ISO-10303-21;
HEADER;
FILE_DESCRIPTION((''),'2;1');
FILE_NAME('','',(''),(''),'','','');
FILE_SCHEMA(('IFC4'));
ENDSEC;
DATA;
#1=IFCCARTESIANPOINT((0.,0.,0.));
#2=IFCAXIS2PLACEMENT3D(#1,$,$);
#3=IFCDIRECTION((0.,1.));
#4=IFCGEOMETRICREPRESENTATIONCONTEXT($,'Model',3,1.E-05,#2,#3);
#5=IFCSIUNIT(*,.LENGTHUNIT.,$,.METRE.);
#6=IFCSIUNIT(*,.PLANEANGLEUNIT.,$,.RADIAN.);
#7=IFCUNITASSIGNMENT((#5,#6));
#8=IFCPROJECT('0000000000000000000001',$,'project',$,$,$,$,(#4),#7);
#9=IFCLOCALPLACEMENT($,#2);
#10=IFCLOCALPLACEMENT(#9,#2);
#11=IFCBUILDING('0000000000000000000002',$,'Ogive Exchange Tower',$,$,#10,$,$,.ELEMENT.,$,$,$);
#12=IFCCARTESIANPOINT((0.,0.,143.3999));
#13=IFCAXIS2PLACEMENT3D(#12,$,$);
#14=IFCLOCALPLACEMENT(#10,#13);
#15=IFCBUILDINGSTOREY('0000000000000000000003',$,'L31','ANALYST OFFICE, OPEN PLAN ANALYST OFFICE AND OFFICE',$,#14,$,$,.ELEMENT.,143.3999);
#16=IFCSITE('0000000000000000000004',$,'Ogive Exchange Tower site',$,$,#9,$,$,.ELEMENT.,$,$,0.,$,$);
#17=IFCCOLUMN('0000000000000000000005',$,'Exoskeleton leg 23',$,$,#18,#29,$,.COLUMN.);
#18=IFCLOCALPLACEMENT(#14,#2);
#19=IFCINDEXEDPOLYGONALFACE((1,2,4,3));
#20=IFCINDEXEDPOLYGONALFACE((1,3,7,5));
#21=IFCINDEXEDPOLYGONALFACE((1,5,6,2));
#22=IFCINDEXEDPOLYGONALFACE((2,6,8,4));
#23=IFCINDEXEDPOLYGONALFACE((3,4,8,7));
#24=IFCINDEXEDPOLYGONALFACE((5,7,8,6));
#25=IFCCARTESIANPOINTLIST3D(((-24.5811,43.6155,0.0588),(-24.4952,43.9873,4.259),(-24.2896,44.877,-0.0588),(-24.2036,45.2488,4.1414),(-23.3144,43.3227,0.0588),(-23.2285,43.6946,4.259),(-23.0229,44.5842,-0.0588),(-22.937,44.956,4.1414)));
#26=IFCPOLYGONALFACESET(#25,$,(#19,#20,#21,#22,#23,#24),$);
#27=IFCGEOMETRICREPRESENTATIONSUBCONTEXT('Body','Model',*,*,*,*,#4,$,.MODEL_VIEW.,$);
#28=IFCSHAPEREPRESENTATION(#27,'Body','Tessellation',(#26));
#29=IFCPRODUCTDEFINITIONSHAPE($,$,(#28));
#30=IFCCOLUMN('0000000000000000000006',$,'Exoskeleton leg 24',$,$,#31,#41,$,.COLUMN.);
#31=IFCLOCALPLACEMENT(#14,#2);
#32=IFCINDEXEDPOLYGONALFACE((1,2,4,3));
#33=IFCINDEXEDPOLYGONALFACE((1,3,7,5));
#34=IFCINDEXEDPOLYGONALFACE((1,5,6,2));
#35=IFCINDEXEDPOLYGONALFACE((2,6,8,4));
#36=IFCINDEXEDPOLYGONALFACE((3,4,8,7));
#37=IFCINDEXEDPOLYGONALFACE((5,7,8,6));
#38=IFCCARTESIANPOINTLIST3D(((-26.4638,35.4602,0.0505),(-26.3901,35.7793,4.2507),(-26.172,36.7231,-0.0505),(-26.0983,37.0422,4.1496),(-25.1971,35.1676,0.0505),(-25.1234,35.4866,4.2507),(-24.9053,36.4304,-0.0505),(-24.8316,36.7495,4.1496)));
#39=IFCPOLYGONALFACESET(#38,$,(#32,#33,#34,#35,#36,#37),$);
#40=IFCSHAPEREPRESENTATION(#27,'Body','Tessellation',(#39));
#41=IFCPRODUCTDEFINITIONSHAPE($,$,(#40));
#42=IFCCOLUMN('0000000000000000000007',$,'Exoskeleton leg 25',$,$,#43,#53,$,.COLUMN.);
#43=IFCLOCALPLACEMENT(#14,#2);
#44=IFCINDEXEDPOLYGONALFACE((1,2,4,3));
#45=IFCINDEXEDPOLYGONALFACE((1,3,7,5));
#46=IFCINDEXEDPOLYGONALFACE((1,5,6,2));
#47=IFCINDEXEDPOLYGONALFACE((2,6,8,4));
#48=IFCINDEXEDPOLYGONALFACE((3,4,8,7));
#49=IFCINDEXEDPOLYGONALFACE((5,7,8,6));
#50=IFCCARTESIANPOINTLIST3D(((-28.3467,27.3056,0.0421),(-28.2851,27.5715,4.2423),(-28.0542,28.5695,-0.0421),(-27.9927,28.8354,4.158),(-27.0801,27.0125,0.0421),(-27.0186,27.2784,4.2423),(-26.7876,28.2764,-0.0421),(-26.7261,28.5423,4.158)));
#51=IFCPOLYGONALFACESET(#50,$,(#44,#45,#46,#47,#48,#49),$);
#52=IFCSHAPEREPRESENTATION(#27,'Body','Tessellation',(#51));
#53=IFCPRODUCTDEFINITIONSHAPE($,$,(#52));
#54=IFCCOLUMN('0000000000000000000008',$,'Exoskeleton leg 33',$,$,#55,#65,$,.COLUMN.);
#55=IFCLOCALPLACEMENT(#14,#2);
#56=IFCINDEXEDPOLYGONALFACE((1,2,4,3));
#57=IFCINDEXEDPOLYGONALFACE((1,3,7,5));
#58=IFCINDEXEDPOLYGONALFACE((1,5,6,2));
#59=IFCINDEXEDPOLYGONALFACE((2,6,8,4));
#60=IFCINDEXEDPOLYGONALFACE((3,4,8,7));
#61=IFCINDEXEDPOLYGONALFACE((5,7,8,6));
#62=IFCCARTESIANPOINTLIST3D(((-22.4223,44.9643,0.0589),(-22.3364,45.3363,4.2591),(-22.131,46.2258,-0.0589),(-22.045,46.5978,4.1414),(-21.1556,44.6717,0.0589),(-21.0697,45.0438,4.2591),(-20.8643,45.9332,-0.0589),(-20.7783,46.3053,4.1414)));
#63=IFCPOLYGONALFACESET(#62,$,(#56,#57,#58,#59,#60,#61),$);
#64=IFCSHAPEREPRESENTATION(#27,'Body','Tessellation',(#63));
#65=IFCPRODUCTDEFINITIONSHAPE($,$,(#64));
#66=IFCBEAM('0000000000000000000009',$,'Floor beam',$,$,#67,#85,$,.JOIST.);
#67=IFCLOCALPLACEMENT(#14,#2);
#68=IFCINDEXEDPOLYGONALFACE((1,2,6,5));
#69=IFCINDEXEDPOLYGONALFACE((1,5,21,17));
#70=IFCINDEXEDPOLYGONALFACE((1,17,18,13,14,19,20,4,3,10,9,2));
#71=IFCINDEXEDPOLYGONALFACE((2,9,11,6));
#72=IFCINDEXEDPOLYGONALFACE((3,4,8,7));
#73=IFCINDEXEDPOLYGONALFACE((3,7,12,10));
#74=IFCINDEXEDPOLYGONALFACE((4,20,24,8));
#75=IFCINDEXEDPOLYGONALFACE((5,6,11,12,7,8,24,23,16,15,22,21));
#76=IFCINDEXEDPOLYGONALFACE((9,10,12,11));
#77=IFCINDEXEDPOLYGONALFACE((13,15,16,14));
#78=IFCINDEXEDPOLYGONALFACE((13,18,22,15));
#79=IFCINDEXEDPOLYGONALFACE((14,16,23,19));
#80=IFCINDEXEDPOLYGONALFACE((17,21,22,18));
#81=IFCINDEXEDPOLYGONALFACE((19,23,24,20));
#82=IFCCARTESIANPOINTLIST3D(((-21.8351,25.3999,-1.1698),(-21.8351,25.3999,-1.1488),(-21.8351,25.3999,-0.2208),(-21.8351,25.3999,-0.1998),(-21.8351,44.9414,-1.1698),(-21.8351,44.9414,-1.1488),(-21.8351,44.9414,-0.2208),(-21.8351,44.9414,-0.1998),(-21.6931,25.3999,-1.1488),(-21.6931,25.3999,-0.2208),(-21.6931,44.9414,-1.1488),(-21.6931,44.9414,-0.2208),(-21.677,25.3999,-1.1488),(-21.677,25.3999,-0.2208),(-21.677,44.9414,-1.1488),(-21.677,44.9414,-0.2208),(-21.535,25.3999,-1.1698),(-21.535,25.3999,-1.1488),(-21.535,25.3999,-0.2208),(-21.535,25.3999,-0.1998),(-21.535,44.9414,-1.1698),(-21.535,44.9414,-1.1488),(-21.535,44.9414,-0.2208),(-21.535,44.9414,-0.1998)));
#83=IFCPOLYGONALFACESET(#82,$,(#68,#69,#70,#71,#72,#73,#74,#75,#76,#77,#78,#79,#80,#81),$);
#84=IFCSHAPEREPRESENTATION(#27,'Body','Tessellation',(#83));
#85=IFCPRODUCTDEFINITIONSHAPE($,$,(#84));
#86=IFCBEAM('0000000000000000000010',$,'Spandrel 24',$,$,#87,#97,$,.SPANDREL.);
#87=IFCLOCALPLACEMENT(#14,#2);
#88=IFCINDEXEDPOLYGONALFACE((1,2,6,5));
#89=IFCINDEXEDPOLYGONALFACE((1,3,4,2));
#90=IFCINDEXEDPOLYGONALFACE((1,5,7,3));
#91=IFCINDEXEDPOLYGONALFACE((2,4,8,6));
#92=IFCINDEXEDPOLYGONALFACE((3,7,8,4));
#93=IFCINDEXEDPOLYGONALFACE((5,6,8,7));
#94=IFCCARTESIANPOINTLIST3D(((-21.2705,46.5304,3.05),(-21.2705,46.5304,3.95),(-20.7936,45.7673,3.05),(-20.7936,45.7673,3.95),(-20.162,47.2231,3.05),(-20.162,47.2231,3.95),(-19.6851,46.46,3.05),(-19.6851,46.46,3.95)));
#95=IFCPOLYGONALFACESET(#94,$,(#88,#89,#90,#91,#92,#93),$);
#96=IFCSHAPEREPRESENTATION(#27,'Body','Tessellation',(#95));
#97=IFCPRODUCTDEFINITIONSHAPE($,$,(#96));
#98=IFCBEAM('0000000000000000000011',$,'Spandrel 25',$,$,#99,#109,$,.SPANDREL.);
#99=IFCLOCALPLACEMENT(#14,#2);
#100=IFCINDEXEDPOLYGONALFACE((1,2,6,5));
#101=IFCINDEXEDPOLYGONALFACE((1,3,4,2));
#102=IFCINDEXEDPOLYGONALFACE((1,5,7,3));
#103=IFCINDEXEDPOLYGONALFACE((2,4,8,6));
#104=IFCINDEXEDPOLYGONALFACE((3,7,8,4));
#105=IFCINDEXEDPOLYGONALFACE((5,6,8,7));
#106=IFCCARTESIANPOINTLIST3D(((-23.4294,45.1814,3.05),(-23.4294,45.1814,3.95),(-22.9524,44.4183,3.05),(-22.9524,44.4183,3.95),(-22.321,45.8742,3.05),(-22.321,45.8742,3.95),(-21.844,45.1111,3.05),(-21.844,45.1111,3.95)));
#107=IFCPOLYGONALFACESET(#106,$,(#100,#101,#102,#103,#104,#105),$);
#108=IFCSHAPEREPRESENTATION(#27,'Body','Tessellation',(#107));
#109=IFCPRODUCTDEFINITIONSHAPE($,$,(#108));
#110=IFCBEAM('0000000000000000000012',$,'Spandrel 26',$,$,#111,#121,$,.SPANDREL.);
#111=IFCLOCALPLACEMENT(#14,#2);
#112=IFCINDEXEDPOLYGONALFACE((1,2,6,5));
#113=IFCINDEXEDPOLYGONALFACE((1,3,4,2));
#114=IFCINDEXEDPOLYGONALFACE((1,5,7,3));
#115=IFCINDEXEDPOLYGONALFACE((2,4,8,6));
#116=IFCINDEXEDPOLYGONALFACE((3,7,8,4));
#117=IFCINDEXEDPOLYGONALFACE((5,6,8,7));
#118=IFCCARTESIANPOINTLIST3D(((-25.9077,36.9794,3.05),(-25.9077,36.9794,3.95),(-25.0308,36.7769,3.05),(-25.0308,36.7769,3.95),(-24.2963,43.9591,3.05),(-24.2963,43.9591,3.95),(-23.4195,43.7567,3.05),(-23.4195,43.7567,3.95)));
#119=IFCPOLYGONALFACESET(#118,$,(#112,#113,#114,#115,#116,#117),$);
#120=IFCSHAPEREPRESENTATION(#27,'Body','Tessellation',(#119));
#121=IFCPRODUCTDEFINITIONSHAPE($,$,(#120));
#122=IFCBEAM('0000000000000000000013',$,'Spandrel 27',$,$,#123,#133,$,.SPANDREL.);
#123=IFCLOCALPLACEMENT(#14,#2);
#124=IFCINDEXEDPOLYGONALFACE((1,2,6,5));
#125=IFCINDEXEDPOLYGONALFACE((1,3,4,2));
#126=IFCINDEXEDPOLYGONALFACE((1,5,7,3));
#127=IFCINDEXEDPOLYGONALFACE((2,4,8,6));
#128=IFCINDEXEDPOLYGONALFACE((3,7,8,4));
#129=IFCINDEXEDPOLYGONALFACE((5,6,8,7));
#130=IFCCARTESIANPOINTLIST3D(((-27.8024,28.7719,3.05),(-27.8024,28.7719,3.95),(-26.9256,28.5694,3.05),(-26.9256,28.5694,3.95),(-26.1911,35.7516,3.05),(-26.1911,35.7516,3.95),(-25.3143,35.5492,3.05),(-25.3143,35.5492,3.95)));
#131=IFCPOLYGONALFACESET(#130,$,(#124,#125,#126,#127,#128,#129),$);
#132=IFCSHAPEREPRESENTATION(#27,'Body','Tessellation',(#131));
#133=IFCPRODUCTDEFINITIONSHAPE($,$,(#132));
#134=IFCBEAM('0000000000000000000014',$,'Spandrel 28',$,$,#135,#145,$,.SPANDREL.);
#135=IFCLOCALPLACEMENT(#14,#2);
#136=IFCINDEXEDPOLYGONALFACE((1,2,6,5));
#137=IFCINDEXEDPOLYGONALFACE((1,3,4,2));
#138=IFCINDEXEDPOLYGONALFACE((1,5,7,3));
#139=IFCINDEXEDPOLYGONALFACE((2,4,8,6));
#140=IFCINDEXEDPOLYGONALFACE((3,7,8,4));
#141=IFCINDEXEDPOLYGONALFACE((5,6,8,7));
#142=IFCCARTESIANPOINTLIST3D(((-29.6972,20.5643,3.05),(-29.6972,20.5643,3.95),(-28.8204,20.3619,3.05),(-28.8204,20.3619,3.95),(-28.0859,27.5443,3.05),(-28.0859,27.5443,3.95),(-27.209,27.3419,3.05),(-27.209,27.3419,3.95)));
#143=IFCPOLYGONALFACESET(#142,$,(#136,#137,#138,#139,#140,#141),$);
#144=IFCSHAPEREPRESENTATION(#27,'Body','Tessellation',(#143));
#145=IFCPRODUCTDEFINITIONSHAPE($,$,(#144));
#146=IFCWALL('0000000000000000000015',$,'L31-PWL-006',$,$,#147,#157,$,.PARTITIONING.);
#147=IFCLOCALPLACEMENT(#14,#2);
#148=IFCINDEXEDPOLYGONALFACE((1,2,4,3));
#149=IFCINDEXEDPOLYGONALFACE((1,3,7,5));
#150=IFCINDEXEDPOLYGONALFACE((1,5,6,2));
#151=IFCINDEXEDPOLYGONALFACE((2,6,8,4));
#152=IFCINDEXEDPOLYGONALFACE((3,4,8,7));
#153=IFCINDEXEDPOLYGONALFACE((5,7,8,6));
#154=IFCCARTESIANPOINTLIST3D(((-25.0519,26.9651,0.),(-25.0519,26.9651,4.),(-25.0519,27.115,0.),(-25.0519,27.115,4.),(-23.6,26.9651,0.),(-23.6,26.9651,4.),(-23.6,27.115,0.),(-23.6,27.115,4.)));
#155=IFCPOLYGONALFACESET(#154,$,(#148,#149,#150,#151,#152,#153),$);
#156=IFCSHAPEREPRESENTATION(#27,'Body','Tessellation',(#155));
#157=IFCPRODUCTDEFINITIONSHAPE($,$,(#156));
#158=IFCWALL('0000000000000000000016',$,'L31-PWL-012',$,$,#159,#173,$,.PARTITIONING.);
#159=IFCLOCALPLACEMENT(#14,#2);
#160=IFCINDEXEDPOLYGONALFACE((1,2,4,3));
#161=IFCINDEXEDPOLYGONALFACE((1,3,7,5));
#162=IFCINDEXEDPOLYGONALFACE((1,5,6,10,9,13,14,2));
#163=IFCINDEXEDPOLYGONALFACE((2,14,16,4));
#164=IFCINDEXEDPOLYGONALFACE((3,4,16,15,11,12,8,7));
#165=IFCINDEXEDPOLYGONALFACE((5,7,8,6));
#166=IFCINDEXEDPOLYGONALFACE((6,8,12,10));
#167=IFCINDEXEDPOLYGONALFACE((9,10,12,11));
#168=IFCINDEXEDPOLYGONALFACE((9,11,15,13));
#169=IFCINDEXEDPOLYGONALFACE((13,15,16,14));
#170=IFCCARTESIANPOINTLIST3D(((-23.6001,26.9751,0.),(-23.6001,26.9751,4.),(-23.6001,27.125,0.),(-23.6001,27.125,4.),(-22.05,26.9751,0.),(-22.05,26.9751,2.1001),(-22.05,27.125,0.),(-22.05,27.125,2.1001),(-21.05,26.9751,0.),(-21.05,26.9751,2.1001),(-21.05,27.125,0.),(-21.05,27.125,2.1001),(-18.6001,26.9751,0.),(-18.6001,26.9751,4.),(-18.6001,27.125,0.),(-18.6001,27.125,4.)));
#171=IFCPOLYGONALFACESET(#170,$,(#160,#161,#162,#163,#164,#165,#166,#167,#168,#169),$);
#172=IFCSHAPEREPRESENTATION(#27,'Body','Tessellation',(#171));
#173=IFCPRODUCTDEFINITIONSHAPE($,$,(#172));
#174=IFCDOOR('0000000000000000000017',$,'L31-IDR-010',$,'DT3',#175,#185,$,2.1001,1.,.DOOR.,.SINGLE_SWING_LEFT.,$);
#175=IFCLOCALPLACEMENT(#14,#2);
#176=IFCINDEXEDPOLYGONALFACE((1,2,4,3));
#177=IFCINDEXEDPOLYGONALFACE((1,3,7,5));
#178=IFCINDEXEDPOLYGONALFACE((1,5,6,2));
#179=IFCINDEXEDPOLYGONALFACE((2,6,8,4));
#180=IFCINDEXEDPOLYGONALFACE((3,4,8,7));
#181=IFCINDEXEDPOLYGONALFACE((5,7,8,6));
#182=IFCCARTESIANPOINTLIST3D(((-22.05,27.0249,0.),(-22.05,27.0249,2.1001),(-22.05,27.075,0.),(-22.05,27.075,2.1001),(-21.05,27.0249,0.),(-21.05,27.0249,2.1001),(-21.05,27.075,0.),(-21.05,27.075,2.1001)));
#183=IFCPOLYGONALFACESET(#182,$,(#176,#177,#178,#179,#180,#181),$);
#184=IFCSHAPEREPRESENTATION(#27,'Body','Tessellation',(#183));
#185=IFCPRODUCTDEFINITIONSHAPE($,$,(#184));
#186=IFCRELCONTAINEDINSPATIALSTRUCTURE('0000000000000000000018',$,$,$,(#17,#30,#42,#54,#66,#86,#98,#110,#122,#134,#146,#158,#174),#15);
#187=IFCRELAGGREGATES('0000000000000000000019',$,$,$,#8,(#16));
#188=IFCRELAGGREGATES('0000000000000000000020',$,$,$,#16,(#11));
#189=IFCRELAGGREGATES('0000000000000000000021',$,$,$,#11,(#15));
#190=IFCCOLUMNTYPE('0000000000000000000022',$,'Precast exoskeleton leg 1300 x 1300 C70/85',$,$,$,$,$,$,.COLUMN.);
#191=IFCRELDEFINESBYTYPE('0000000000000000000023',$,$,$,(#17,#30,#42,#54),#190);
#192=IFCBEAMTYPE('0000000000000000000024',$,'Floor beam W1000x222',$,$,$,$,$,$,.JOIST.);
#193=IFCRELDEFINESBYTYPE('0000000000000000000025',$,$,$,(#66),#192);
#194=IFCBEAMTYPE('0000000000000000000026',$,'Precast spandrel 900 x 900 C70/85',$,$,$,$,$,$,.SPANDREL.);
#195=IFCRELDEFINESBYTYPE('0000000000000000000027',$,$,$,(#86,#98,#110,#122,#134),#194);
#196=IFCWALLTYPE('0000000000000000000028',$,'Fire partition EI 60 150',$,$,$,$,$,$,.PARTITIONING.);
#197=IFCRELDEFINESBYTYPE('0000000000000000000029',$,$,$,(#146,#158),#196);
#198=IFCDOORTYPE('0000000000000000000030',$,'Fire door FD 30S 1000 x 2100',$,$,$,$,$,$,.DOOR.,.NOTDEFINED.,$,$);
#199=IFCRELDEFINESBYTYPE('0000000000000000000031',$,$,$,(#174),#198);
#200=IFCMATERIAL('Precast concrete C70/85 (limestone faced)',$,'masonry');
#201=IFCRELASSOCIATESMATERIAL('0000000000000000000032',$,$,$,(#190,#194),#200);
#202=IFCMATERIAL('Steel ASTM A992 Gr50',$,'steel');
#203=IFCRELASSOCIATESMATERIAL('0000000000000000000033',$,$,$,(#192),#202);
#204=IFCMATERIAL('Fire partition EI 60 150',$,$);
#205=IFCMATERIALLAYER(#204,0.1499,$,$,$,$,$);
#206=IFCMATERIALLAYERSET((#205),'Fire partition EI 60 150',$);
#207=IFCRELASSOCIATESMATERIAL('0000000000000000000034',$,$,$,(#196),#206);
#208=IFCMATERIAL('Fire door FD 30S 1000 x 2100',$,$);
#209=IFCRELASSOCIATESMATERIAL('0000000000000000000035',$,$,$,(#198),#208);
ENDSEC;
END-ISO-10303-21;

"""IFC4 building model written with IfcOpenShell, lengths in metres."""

from ifc_helpers import new_model, si_unit, direction, frame, frame_2d, origin, origin_2d, place, context, subcontext, project, spatial, rectangle, i_section, extrude, material, layer, layer_set, material_profile, profile_set, type_object, element, fill, save


model = new_model("IFC4")

# Units and contexts
model_context = context("Model", 3, precision=1e-05, world=origin(), true_north=direction((0.0, 1.0)))
body_context = subcontext(model_context, "Body", "Model", "MODEL_VIEW")
ifc_project = project(units=[si_unit("LENGTHUNIT", "METRE"), si_unit("PLANEANGLEUNIT", "RADIAN")], contexts=[model_context])

# Site, building, storey
site_placement = place(None, origin())
site = spatial("IfcSite", under=ifc_project, at=site_placement, Name="Ogive Exchange Tower site", CompositionType="ELEMENT", RefElevation=0.0)
building_placement = place(site_placement, origin())
building = spatial("IfcBuilding", under=site, at=building_placement, Name="Ogive Exchange Tower", CompositionType="ELEMENT")
storey_placement = place(building_placement, frame((0.0, 0.0, 143.3999)))
storey = spatial("IfcBuildingStorey", under=building, at=storey_placement, Name="L31", Description="ANALYST OFFICE, OPEN PLAN ANALYST OFFICE AND OFFICE", CompositionType="ELEMENT", Elevation=143.3999)

# Columns
ifc_material_1 = material(Name="Precast concrete C70/85 (limestone faced)", Category="masonry")
ifc_material_profile_1 = material_profile(ifc_material_1, rectangle(XDim=1.3, YDim=1.3, at=origin_2d()), Name="1300 x 1300")
ifc_profile_set_1 = profile_set([ifc_material_profile_1], Name="Precast concrete C70/85 (limestone faced)")
column_type = type_object("IfcColumnType", Name="Precast exoskeleton leg 1300 x 1300 C70/85", PredefinedType="COLUMN", material=ifc_profile_set_1)
column_1_placement = place(storey_placement, frame((-23.802, 44.0999, 0.0), z_axis=(0.020376, 0.088163, 0.995898), x_axis=(-0.974316, 0.225187, 0.0)))
element("IfcColumn", 1, at=column_1_placement, inside=storey, type_object=column_type, Name="Exoskeleton leg 23", PredefinedType="COLUMN", context=body_context, shape_type="SweptSolid", body=[
    extrude(rectangle(XDim=1.3, YDim=1.3, at=origin_2d()), origin(), (0.0, 0.0, 1.0), 4.2175),
])
column_2_placement = place(storey_placement, frame((-25.6846, 35.9453, 0.0), z_axis=(0.017501, 0.075741, 0.996974), x_axis=(-0.974328, 0.225132, 0.0)))
element("IfcColumn", 2, at=column_2_placement, inside=storey, type_object=column_type, Name="Exoskeleton leg 24", PredefinedType="COLUMN", context=body_context, shape_type="SweptSolid", body=[
    extrude(rectangle(XDim=1.3, YDim=1.3, at=origin_2d()), origin(), (0.0, 0.0, 1.0), 4.2129),
])
column_3_placement = place(storey_placement, frame((-27.5671, 27.791, 0.0), z_axis=(0.014617, 0.063166, 0.997896), x_axis=(-0.974255, 0.225448, 0.0)))
element("IfcColumn", 3, at=column_3_placement, inside=storey, type_object=column_type, Name="Exoskeleton leg 25", PredefinedType="COLUMN", context=body_context, shape_type="SweptSolid", body=[
    extrude(rectangle(XDim=1.3, YDim=1.3, at=origin_2d()), origin(), (0.0, 0.0, 1.0), 4.209),
])
column_4_placement = place(storey_placement, frame((-21.6433, 45.4487, 0.0), z_axis=(0.020376, 0.08822, 0.995893), x_axis=(-0.974348, 0.225046, 0.0)))
element("IfcColumn", 4, at=column_4_placement, inside=storey, type_object=column_type, Name="Exoskeleton leg 33", PredefinedType="COLUMN", context=body_context, shape_type="SweptSolid", body=[
    extrude(rectangle(XDim=1.3, YDim=1.3, at=origin_2d()), origin(), (0.0, 0.0, 1.0), 4.2175),
])

# Beams
ifc_material_2 = material(Name="Steel ASTM A992 Gr50", Category="steel")
ifc_material_profile_2 = material_profile(ifc_material_2, i_section(OverallWidth=0.3, OverallDepth=0.97, WebThickness=0.0161, FlangeThickness=0.021, at=origin_2d()), Name="W1000x222")
ifc_profile_set_2 = profile_set([ifc_material_profile_2], Name="Steel ASTM A992 Gr50")
beam_type_1 = type_object("IfcBeamType", Name="Floor beam W1000x222", PredefinedType="JOIST", material=ifc_profile_set_2)
beam_1_placement = place(storey_placement, frame((-21.6851, 25.3999, -0.6848), z_axis=(0.0, 1.0, 0.0), x_axis=(-1.0, 0.0, 0.0)))
element("IfcBeam", 5, at=beam_1_placement, inside=storey, type_object=beam_type_1, Name="Floor beam", PredefinedType="JOIST", context=body_context, shape_type="SweptSolid", body=[
    extrude(i_section(OverallWidth=0.3, OverallDepth=0.97, WebThickness=0.0161, FlangeThickness=0.021, at=origin_2d()), origin(), (0.0, 0.0, 1.0), 19.5415),
])
ifc_material_profile_3 = material_profile(ifc_material_1, rectangle(XDim=0.8999, YDim=0.8999, at=origin_2d()), Name="900 x 900")
ifc_profile_set_3 = profile_set([ifc_material_profile_3], Name="Precast concrete C70/85 (limestone faced)")
beam_type_2 = type_object("IfcBeamType", Name="Precast spandrel 900 x 900 C70/85", PredefinedType="SPANDREL", material=ifc_profile_set_3)
for number, where, z_axis, x_axis, name in (
    (6, (-19.9236, 46.8416, 3.5), (-0.84804, -0.529932, 0.0), (0.529932, -0.84804, 0.0), "Spandrel 24"),
    (7, (-22.0825, 45.4927, 3.5), (-0.847956, -0.530066, 0.0), (0.530066, -0.847956, 0.0), "Spandrel 25"),
):
    element("IfcBeam", number, at=place(storey_placement, frame(where, z_axis=z_axis, x_axis=x_axis)), inside=storey, type_object=beam_type_2, Name=name, PredefinedType="SPANDREL", context=body_context, shape_type="SweptSolid", body=[
        extrude(rectangle(XDim=0.8999, YDim=0.8999, at=origin_2d()), origin(), (0.0, 0.0, 1.0), 1.3071),
    ])
for number, where, z_axis, x_axis, name in (
    (8, (-23.8579, 43.8579, 3.5), (-0.224942, -0.974372, 0.0), (0.974372, -0.224942, 0.0), "Spandrel 26"),
    (9, (-25.7527, 35.6504, 3.5), (-0.224942, -0.974372, 0.0), (0.974372, -0.224942, 0.0), "Spandrel 27"),
):
    element("IfcBeam", number, at=place(storey_placement, frame(where, z_axis=z_axis, x_axis=x_axis)), inside=storey, type_object=beam_type_2, Name=name, PredefinedType="SPANDREL", context=body_context, shape_type="SweptSolid", body=[
        extrude(rectangle(XDim=0.8999, YDim=0.8999, at=origin_2d()), origin(), (0.0, 0.0, 1.0), 7.1633),
    ])
beam_2_placement = place(storey_placement, frame((-27.6475, 27.4431, 3.5), z_axis=(-0.224934, -0.974374, 0.0), x_axis=(0.974374, -0.224934, 0.0)))
element("IfcBeam", 10, at=beam_2_placement, inside=storey, type_object=beam_type_2, Name="Spandrel 28", PredefinedType="SPANDREL", context=body_context, shape_type="SweptSolid", body=[
    extrude(rectangle(XDim=0.8999, YDim=0.8999, at=origin_2d()), origin(), (0.0, 0.0, 1.0), 7.1636),
])

# Wall
ifc_material_3 = material(Name="Fire partition EI 60 150")
ifc_layer_1 = layer(ifc_material_3, 0.1499)
ifc_layer_set_1 = layer_set([ifc_layer_1], Name="Fire partition EI 60 150")
wall_type_1 = type_object("IfcWallType", Name="Fire partition EI 60 150", PredefinedType="PARTITIONING", material=ifc_layer_set_1)
wall_1_placement = place(storey_placement, frame((-25.052, 27.04, 0.0), z_axis=(0.0, 0.0, 1.0), x_axis=(1.0, 0.0, 0.0)))
element("IfcWall", 11, at=wall_1_placement, inside=storey, type_object=wall_type_1, Name="L31-PWL-006", PredefinedType="PARTITIONING", context=body_context, shape_type="SweptSolid", body=[
    extrude(rectangle(XDim=1.4519, YDim=0.1499, at=frame_2d((0.7261, 0.0))), origin(), (0.0, 0.0, 1.0), 4.0),
])

# Wall, opening, door
wall_2_placement = place(storey_placement, frame((-23.6001, 27.05, 0.0), z_axis=(0.0, 0.0, 1.0), x_axis=(1.0, 0.0, 0.0)))
wall_2 = element("IfcWall", 12, at=wall_2_placement, inside=storey, type_object=wall_type_1, Name="L31-PWL-012", PredefinedType="PARTITIONING", context=body_context, shape_type="SweptSolid", body=[
    extrude(rectangle(XDim=5.0, YDim=0.1499, at=frame_2d((2.5, 0.0))), origin(), (0.0, 0.0, 1.0), 4.0),
])
opening_1_placement = place(wall_2_placement, frame((1.55, 0.0, 0.0)))
opening_1 = element("IfcOpeningElement", 13, at=opening_1_placement, cuts=wall_2, PredefinedType="OPENING", context=body_context, shape_type="SweptSolid", body=[
    extrude(rectangle(XDim=1.0, YDim=2.1001, at=frame_2d((0.5, 1.05))), frame((0.0, 0.085, 0.0), z_axis=(0.0, -1.0, 0.0), x_axis=(1.0, 0.0, 0.0)), (0.0, 0.0, 1.0), 0.1699),
])
ifc_material_4 = material(Name="Fire door FD 30S 1000 x 2100")
door_type_1 = type_object("IfcDoorType", Name="Fire door FD 30S 1000 x 2100", OperationType="NOTDEFINED", PredefinedType="DOOR", material=ifc_material_4)
door_1_placement = place(opening_1_placement, origin())
door_1 = element("IfcDoor", 14, at=door_1_placement, inside=storey, type_object=door_type_1, Name="L31-IDR-010", ObjectType="DT3", OperationType="SINGLE_SWING_LEFT", OverallHeight=2.1001, OverallWidth=1.0, PredefinedType="DOOR", context=body_context, shape_type="SweptSolid", body=[
    extrude(rectangle(XDim=1.0, YDim=2.1001, at=frame_2d((0.5, 1.05))), frame((0.0, 0.0249, 0.0), z_axis=(0.0, -1.0, 0.0), x_axis=(1.0, 0.0, 0.0)), (0.0, 0.0, 1.0), 0.05),
])
fill(opening_1, door_1)

save(model, "model.ifc")
